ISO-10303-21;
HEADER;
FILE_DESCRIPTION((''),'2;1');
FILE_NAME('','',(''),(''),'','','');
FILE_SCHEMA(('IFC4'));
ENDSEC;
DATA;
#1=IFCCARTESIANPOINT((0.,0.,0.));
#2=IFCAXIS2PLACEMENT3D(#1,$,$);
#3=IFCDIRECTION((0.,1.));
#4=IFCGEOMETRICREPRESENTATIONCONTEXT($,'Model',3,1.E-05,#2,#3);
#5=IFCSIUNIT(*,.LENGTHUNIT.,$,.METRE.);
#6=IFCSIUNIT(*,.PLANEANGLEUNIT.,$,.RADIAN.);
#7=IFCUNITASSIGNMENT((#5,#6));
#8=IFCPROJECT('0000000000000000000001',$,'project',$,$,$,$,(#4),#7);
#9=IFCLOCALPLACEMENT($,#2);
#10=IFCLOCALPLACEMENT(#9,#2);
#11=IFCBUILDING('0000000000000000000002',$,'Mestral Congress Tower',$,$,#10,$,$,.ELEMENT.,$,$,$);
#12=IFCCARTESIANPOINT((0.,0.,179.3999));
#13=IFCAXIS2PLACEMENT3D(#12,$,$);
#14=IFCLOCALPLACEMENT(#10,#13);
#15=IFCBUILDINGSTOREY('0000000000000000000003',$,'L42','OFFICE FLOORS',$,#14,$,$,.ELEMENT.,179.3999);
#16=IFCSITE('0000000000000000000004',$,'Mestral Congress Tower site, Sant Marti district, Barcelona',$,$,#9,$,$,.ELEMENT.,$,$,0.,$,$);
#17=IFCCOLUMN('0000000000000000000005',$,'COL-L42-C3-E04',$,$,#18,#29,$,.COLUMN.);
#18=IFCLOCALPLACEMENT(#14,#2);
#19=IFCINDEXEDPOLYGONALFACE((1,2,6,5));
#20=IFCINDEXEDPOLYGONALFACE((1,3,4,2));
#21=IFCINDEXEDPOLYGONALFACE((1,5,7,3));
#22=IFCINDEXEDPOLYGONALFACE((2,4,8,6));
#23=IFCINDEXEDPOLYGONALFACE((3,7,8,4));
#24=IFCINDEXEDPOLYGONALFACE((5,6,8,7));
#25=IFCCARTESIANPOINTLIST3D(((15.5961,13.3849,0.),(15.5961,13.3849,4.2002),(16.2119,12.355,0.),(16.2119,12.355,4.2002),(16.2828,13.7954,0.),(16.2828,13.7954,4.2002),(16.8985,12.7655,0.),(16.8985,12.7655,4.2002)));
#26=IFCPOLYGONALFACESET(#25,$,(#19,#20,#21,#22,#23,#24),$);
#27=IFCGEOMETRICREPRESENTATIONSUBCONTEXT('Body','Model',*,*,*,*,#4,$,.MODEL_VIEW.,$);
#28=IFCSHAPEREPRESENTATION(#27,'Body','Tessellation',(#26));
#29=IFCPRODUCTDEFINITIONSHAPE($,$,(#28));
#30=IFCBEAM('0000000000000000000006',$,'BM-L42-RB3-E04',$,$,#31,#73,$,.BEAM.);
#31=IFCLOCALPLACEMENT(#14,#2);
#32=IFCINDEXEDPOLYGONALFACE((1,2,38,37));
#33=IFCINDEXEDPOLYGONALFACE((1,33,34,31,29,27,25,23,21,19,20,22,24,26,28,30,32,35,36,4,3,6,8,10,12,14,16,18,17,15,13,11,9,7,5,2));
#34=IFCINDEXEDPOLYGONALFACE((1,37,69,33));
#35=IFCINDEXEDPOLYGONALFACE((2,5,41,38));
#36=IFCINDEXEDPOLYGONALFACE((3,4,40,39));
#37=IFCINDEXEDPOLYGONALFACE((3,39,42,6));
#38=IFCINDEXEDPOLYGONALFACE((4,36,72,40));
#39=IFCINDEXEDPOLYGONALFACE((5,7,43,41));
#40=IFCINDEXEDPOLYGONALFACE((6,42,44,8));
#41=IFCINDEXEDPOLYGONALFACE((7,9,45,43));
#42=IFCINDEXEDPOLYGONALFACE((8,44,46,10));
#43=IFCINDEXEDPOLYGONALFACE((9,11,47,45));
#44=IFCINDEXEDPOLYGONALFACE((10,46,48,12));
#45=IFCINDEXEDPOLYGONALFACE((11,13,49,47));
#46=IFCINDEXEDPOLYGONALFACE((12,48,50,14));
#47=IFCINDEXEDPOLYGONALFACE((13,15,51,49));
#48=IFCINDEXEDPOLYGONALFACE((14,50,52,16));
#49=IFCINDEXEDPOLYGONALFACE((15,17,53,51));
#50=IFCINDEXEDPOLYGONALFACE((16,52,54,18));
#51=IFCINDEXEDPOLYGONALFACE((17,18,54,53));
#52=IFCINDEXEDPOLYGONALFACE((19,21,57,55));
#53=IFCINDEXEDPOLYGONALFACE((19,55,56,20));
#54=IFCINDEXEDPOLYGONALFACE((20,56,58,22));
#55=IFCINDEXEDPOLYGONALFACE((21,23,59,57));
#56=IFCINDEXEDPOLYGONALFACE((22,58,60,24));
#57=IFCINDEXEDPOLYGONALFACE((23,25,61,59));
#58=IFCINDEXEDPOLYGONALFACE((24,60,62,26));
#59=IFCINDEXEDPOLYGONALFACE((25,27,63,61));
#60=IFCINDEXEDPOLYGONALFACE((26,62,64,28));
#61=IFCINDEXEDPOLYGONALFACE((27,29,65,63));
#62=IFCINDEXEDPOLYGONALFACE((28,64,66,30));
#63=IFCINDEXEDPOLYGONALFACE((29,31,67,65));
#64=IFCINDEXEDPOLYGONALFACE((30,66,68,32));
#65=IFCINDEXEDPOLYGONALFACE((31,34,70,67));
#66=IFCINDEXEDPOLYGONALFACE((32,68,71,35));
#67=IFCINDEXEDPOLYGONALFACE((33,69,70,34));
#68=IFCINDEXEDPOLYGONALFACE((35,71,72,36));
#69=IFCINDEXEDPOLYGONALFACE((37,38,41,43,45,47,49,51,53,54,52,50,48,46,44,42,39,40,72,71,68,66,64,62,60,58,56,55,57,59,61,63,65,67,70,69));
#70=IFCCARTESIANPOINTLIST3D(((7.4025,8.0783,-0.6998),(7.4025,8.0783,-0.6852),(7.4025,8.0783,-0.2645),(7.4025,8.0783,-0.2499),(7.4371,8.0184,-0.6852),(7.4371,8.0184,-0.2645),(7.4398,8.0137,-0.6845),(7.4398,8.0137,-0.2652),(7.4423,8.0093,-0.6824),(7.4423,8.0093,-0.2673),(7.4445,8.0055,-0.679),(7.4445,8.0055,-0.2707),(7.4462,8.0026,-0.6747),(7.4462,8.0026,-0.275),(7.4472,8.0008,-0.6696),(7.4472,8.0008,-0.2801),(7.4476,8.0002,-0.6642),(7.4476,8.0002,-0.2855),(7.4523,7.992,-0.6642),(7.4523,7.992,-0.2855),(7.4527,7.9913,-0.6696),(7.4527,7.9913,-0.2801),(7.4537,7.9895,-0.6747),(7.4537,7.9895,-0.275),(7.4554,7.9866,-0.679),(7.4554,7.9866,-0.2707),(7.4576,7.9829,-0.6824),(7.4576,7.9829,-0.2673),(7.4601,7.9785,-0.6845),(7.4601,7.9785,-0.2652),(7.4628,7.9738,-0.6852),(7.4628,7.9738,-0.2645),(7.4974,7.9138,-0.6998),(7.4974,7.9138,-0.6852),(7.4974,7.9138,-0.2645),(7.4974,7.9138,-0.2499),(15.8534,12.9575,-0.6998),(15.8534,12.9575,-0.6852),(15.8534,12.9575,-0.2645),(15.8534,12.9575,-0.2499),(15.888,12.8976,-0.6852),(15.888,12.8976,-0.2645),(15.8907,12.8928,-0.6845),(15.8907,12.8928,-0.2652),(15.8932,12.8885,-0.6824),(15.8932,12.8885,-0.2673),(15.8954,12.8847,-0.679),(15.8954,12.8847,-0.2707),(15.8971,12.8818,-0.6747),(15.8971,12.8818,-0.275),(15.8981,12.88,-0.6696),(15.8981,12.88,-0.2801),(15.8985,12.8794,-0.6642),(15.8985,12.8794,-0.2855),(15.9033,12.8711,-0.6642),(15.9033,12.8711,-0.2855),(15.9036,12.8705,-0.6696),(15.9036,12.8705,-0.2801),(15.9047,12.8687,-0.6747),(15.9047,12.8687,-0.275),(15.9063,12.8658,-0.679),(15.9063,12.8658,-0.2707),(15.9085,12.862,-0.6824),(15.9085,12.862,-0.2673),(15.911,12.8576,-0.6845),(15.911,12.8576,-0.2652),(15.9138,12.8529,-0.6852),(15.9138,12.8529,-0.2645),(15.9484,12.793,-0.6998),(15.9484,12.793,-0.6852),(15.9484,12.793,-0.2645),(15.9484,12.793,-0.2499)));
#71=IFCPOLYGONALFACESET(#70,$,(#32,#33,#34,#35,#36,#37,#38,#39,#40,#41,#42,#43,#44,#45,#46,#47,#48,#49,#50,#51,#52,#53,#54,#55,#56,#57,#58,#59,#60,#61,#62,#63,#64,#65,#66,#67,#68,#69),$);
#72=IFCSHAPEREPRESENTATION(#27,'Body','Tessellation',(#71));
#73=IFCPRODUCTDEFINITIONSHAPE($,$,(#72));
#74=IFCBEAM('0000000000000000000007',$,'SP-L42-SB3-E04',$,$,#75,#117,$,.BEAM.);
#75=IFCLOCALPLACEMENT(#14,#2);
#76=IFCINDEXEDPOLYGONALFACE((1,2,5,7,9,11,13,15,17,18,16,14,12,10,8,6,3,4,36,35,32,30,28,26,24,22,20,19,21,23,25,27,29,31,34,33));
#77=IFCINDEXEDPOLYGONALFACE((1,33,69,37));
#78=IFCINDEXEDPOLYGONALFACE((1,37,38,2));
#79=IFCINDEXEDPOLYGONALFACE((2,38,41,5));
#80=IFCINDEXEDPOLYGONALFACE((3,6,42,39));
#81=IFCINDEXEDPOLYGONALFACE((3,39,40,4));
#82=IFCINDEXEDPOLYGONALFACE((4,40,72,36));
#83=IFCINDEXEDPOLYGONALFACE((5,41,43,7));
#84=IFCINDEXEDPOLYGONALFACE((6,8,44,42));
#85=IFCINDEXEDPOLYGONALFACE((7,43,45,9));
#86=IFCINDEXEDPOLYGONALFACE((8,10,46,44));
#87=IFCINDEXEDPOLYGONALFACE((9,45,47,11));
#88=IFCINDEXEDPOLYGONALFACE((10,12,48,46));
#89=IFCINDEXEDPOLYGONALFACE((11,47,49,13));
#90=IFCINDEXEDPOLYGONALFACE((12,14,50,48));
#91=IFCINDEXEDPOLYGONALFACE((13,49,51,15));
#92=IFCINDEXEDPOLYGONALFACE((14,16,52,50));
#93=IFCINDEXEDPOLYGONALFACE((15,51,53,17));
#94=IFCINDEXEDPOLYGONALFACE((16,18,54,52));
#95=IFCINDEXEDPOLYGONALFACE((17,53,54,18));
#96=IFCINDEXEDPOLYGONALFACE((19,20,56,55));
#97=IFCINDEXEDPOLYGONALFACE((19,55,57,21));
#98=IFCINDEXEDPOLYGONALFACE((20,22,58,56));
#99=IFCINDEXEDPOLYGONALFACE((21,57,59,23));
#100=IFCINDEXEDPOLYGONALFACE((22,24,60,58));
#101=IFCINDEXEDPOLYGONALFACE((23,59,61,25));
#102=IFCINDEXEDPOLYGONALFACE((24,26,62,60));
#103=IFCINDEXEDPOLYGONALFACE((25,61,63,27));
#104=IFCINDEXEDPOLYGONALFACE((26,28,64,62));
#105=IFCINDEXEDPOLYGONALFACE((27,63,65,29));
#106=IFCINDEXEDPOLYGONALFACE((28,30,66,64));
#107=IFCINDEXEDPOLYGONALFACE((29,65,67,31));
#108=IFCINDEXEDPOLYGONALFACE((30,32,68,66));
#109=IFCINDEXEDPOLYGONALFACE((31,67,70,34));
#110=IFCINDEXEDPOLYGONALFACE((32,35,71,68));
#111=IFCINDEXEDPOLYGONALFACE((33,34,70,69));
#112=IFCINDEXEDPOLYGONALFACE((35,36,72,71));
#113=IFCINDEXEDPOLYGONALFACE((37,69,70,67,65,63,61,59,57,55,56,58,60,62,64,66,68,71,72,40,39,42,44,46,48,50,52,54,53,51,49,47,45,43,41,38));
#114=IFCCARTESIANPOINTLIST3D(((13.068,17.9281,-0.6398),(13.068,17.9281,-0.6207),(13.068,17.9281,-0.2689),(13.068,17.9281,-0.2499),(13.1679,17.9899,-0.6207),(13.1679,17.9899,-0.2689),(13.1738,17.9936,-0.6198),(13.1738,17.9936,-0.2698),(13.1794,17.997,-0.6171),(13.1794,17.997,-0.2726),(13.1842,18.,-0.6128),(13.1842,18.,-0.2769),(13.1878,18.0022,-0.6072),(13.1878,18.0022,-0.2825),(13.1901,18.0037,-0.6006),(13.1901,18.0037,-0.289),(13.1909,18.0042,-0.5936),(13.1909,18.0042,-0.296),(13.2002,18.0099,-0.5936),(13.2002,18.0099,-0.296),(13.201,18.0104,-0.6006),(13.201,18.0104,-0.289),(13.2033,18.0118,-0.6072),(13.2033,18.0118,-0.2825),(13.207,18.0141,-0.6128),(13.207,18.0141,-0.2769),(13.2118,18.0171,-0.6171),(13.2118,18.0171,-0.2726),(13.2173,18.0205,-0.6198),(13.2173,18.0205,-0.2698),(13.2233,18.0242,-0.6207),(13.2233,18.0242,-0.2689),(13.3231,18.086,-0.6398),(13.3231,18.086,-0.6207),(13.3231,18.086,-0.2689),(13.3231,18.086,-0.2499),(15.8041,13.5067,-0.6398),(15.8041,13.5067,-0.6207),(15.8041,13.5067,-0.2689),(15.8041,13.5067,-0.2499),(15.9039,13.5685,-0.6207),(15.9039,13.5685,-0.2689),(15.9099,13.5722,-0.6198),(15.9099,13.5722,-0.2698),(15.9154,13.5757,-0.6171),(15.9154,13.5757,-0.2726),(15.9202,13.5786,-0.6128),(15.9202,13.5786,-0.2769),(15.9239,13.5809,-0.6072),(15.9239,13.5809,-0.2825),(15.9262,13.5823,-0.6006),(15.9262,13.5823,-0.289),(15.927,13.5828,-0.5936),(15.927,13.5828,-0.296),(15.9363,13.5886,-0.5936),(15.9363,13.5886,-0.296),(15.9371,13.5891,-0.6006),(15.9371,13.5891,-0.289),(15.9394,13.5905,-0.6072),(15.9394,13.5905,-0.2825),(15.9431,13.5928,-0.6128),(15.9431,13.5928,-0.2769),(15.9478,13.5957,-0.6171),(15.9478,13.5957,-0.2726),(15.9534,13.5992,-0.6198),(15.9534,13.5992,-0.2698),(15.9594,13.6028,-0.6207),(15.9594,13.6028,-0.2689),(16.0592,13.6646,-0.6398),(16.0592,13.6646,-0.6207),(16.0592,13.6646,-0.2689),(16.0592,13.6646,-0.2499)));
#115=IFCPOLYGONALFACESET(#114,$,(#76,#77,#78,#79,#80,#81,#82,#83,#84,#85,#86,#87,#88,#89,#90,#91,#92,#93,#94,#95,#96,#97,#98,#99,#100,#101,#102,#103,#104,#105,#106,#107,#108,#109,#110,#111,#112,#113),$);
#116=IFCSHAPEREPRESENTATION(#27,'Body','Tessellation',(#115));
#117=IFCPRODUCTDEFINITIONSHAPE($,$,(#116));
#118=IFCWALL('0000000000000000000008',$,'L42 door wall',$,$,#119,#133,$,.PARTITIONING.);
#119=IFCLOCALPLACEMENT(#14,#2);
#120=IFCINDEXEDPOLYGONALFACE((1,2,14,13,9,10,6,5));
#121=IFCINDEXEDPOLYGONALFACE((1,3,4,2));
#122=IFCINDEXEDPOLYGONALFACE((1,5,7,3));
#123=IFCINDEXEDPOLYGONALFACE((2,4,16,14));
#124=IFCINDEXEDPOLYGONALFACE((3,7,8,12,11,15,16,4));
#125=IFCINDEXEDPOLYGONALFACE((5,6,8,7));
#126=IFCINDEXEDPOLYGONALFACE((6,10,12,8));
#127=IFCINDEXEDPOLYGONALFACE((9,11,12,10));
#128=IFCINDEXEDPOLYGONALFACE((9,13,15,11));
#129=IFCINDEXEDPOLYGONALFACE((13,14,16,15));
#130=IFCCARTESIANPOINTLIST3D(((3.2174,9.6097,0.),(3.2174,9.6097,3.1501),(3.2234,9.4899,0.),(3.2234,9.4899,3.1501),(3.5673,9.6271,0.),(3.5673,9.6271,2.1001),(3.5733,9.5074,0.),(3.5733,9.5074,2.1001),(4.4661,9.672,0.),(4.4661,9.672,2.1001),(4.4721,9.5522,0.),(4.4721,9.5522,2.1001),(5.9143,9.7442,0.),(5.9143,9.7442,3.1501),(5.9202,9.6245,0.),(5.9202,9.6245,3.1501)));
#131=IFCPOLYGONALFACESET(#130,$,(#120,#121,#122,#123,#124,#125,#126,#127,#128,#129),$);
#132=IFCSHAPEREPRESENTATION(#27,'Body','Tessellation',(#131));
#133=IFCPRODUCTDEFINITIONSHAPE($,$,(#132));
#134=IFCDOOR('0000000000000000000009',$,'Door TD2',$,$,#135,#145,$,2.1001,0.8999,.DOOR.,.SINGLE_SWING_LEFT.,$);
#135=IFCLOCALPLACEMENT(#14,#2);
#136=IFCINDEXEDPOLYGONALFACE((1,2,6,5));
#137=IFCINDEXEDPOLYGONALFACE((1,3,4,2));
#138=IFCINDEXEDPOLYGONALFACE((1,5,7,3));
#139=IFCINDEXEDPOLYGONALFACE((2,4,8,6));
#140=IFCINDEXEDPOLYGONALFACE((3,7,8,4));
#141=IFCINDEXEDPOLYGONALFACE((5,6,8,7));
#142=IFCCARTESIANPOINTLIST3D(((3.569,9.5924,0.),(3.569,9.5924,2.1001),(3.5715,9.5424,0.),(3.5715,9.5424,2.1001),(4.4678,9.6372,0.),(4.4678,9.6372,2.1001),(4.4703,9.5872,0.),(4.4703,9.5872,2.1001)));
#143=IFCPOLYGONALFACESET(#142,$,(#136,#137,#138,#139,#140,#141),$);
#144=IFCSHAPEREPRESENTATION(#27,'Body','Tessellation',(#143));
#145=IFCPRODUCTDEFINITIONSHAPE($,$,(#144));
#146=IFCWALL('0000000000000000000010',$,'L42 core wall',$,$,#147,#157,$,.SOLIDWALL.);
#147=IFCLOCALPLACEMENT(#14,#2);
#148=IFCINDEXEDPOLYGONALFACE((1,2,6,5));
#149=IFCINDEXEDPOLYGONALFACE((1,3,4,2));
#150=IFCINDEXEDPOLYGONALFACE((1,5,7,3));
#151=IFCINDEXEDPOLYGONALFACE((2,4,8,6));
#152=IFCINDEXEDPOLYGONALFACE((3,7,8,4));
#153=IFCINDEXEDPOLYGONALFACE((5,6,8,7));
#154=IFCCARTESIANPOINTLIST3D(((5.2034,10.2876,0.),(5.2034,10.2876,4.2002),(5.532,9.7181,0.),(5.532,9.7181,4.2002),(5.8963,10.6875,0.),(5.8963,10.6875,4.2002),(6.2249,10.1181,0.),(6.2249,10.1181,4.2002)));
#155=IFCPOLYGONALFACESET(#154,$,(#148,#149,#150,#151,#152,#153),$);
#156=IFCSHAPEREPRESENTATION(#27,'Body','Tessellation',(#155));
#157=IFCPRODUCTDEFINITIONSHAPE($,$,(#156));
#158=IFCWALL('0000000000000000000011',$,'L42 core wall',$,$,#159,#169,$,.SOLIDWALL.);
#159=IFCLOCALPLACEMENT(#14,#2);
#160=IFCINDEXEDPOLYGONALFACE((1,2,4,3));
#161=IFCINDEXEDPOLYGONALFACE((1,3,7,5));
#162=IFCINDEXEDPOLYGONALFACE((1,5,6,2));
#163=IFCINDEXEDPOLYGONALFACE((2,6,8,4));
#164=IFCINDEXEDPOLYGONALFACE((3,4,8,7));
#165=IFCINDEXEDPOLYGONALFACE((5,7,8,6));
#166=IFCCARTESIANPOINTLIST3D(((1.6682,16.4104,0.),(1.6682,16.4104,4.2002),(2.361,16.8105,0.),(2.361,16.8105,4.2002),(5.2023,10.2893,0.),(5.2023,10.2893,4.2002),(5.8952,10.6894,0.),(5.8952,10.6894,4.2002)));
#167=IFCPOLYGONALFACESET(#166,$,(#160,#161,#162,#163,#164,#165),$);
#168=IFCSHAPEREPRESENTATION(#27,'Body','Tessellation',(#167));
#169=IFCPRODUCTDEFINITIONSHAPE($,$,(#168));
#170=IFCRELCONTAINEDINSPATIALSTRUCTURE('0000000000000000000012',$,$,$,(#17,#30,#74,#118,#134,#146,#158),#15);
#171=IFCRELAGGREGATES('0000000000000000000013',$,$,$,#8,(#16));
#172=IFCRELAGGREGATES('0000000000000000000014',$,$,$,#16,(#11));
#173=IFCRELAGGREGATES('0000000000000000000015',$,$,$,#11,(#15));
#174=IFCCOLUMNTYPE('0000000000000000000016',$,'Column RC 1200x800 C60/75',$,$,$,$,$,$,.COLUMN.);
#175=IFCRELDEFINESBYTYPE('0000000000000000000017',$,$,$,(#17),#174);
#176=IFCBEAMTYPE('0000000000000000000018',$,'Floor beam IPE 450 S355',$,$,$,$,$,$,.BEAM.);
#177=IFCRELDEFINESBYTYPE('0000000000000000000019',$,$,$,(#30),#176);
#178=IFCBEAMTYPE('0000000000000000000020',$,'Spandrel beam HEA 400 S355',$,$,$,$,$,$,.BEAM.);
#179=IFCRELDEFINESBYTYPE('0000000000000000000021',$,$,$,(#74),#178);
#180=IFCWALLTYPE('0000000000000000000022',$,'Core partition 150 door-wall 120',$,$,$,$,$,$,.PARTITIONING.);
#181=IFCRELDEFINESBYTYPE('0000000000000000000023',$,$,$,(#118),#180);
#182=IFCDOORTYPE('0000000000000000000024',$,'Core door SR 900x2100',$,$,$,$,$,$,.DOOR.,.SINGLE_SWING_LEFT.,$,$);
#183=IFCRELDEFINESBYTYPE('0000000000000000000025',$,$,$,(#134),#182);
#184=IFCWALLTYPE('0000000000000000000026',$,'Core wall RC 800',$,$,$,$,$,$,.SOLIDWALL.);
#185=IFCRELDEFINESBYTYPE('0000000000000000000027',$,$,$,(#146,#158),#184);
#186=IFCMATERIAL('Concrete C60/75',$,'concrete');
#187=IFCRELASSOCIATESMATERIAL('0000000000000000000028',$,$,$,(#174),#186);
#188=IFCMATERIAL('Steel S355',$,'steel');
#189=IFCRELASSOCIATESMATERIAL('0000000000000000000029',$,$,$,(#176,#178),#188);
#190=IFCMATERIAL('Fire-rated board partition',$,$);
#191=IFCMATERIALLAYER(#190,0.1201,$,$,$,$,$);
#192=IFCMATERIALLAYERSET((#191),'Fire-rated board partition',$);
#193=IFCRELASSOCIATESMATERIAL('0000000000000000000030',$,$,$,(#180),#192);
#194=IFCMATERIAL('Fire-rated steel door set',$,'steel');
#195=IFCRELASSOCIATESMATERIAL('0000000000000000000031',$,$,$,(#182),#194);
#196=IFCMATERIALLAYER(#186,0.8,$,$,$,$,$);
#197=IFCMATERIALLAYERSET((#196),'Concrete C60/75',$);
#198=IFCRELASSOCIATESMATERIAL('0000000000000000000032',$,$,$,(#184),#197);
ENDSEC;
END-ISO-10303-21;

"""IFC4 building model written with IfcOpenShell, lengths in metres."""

from ifc_helpers import new_model, si_unit, direction, frame, frame_2d, origin, origin_2d, place, context, subcontext, project, spatial, rectangle, i_section, extrude, material, layer, layer_set, material_profile, profile_set, type_object, element, fill, save


model = new_model("IFC4")

# Units and contexts
model_context = context("Model", 3, precision=1e-05, world=origin(), true_north=direction((0.0, 1.0)))
body_context = subcontext(model_context, "Body", "Model", "MODEL_VIEW")
ifc_project = project(units=[si_unit("LENGTHUNIT", "METRE"), si_unit("PLANEANGLEUNIT", "RADIAN")], contexts=[model_context])

# Site, building, storey
site_placement = place(None, origin())
site = spatial("IfcSite", under=ifc_project, at=site_placement, Name="Mestral Congress Tower site, Sant Marti district, Barcelona", CompositionType="ELEMENT", RefElevation=0.0)
building_placement = place(site_placement, origin())
building = spatial("IfcBuilding", under=site, at=building_placement, Name="Mestral Congress Tower", CompositionType="ELEMENT")
storey_placement = place(building_placement, frame((0.0, 0.0, 179.3999)))
storey = spatial("IfcBuildingStorey", under=building, at=storey_placement, Name="L42", Description="OFFICE FLOORS", CompositionType="ELEMENT", Elevation=179.3999)

# Column
ifc_material_1 = material(Name="Concrete C60/75", Category="concrete")
ifc_material_profile_1 = material_profile(ifc_material_1, rectangle(XDim=1.2, YDim=0.8, at=origin_2d()), Name="RC 1200x800")
ifc_profile_set_1 = profile_set([ifc_material_profile_1], Name="Concrete C60/75")
column_type = type_object("IfcColumnType", Name="Column RC 1200x800 C60/75", PredefinedType="COLUMN", material=ifc_profile_set_1)
column_placement = place(storey_placement, frame((16.2473, 13.0752, 0.0), z_axis=(0.0, 0.0, 1.0), x_axis=(-0.513159, 0.858293, 0.0)))
element("IfcColumn", 1, at=column_placement, inside=storey, type_object=column_type, Name="COL-L42-C3-E04", PredefinedType="COLUMN", context=body_context, shape_type="SweptSolid", body=[
    extrude(rectangle(XDim=1.2, YDim=0.8, at=origin_2d()), origin(), (0.0, 0.0, 1.0), 4.2002),
])

# Beams
ifc_material_2 = material(Name="Steel S355", Category="steel")
ifc_material_profile_2 = material_profile(ifc_material_2, i_section(OverallWidth=0.1899, OverallDepth=0.45, WebThickness=0.0095, FlangeThickness=0.0146, FilletRadius=0.021, at=origin_2d()), Name="IPE 450")
ifc_profile_set_2 = profile_set([ifc_material_profile_2], Name="Steel S355")
beam_type_1 = type_object("IfcBeamType", Name="Floor beam IPE 450 S355", PredefinedType="BEAM", material=ifc_profile_set_2)
beam_1_placement = place(storey_placement, frame((15.9009, 12.8752, -0.4749), z_axis=(-0.866025, -0.5, 0.0), x_axis=(0.5, -0.866025, 0.0)))
element("IfcBeam", 2, at=beam_1_placement, inside=storey, type_object=beam_type_1, Name="BM-L42-RB3-E04", PredefinedType="BEAM", context=body_context, shape_type="SweptSolid", body=[
    extrude(i_section(OverallWidth=0.1899, OverallDepth=0.45, WebThickness=0.0095, FlangeThickness=0.0146, FilletRadius=0.021, at=origin_2d()), origin(), (0.0, 0.0, 1.0), 9.7583),
])
ifc_material_profile_3 = material_profile(ifc_material_2, i_section(OverallWidth=0.3, OverallDepth=0.3899, WebThickness=0.011, FlangeThickness=0.019, FilletRadius=0.0271, at=origin_2d()), Name="HEA 400")
ifc_profile_set_3 = profile_set([ifc_material_profile_3], Name="Steel S355")
beam_type_2 = type_object("IfcBeamType", Name="Spandrel beam HEA 400 S355", PredefinedType="BEAM", material=ifc_profile_set_3)
beam_2_placement = place(storey_placement, frame((15.9316, 13.5857, -0.4448), z_axis=(-0.52622, 0.850348, 0.0), x_axis=(-0.850348, -0.52622, 0.0)))
element("IfcBeam", 3, at=beam_2_placement, inside=storey, type_object=beam_type_2, Name="SP-L42-SB3-E04", PredefinedType="BEAM", context=body_context, shape_type="SweptSolid", body=[
    extrude(i_section(OverallWidth=0.3, OverallDepth=0.3899, WebThickness=0.011, FlangeThickness=0.019, FilletRadius=0.0271, at=origin_2d()), origin(), (0.0, 0.0, 1.0), 5.1995),
])

# Wall, opening, door
ifc_material_3 = material(Name="Fire-rated board partition")
ifc_layer_1 = layer(ifc_material_3, 0.1201)
ifc_layer_set_1 = layer_set([ifc_layer_1], Name="Fire-rated board partition")
wall_type_1 = type_object("IfcWallType", Name="Core partition 150 door-wall 120", PredefinedType="PARTITIONING", material=ifc_layer_set_1)
wall_1_placement = place(storey_placement, frame((5.9172, 9.6843, 0.0), z_axis=(0.0, 0.0, 1.0), x_axis=(-0.998758, -0.04982, 0.0)))
wall_1 = element("IfcWall", 4, at=wall_1_placement, inside=storey, type_object=wall_type_1, Name="L42 door wall", PredefinedType="PARTITIONING", context=body_context, shape_type="SweptSolid", body=[
    extrude(rectangle(XDim=2.7002, YDim=0.1199, at=frame_2d((1.3501, 0.0))), origin(), (0.0, 0.0, 1.0), 3.1501),
])
opening_1_placement = place(wall_1_placement, frame((1.45, 0.0, 0.0)))
opening_1 = element("IfcOpeningElement", 5, at=opening_1_placement, cuts=wall_1, PredefinedType="OPENING", context=body_context, shape_type="SweptSolid", body=[
    extrude(rectangle(XDim=0.8999, YDim=2.1001, at=frame_2d((0.45, 1.05))), frame((0.0, 0.0698, 0.0), z_axis=(0.0, -1.0, 0.0), x_axis=(1.0, 0.0, 0.0)), (0.0, 0.0, 1.0), 0.1399),
])
ifc_material_4 = material(Name="Fire-rated steel door set", Category="steel")
door_type_1 = type_object("IfcDoorType", Name="Core door SR 900x2100", OperationType="SINGLE_SWING_LEFT", PredefinedType="DOOR", material=ifc_material_4)
door_1_placement = place(opening_1_placement, origin())
door_1 = element("IfcDoor", 6, at=door_1_placement, inside=storey, type_object=door_type_1, Name="Door TD2", OperationType="SINGLE_SWING_LEFT", OverallHeight=2.1001, OverallWidth=0.8999, PredefinedType="DOOR", context=body_context, shape_type="SweptSolid", body=[
    extrude(rectangle(XDim=0.8999, YDim=2.1001, at=frame_2d((0.45, 1.05))), frame((0.0, 0.0249, 0.0), z_axis=(0.0, -1.0, 0.0), x_axis=(1.0, 0.0, 0.0)), (0.0, 0.0, 1.0), 0.05),
])
fill(opening_1, door_1)

# Walls
ifc_layer_2 = layer(ifc_material_1, 0.8)
ifc_layer_set_2 = layer_set([ifc_layer_2], Name="Concrete C60/75")
wall_type_2 = type_object("IfcWallType", Name="Core wall RC 800", PredefinedType="SOLIDWALL", material=ifc_layer_set_2)
wall_2_placement = place(storey_placement, frame((5.8784, 9.9182, 0.0), z_axis=(0.0, 0.0, 1.0), x_axis=(-0.499894, 0.866087, 0.0)))
element("IfcWall", 7, at=wall_2_placement, inside=storey, type_object=wall_type_2, Name="L42 core wall", PredefinedType="SOLIDWALL", context=body_context, shape_type="SweptSolid", body=[
    extrude(rectangle(XDim=0.6575, YDim=0.8, at=frame_2d((0.3286, 0.0))), origin(), (0.0, 0.0, 1.0), 4.2002),
])
wall_3_placement = place(storey_placement, frame((5.5488, 10.4893, 0.0), z_axis=(0.0, 0.0, 1.0), x_axis=(-0.500017, 0.866015, 0.0)))
element("IfcWall", 8, at=wall_3_placement, inside=storey, type_object=wall_type_2, Name="L42 core wall", PredefinedType="SOLIDWALL", context=body_context, shape_type="SweptSolid", body=[
    extrude(rectangle(XDim=7.0681, YDim=0.8, at=frame_2d((3.5342, 0.0))), origin(), (0.0, 0.0, 1.0), 4.2002),
])

save(model, "model.ifc")
